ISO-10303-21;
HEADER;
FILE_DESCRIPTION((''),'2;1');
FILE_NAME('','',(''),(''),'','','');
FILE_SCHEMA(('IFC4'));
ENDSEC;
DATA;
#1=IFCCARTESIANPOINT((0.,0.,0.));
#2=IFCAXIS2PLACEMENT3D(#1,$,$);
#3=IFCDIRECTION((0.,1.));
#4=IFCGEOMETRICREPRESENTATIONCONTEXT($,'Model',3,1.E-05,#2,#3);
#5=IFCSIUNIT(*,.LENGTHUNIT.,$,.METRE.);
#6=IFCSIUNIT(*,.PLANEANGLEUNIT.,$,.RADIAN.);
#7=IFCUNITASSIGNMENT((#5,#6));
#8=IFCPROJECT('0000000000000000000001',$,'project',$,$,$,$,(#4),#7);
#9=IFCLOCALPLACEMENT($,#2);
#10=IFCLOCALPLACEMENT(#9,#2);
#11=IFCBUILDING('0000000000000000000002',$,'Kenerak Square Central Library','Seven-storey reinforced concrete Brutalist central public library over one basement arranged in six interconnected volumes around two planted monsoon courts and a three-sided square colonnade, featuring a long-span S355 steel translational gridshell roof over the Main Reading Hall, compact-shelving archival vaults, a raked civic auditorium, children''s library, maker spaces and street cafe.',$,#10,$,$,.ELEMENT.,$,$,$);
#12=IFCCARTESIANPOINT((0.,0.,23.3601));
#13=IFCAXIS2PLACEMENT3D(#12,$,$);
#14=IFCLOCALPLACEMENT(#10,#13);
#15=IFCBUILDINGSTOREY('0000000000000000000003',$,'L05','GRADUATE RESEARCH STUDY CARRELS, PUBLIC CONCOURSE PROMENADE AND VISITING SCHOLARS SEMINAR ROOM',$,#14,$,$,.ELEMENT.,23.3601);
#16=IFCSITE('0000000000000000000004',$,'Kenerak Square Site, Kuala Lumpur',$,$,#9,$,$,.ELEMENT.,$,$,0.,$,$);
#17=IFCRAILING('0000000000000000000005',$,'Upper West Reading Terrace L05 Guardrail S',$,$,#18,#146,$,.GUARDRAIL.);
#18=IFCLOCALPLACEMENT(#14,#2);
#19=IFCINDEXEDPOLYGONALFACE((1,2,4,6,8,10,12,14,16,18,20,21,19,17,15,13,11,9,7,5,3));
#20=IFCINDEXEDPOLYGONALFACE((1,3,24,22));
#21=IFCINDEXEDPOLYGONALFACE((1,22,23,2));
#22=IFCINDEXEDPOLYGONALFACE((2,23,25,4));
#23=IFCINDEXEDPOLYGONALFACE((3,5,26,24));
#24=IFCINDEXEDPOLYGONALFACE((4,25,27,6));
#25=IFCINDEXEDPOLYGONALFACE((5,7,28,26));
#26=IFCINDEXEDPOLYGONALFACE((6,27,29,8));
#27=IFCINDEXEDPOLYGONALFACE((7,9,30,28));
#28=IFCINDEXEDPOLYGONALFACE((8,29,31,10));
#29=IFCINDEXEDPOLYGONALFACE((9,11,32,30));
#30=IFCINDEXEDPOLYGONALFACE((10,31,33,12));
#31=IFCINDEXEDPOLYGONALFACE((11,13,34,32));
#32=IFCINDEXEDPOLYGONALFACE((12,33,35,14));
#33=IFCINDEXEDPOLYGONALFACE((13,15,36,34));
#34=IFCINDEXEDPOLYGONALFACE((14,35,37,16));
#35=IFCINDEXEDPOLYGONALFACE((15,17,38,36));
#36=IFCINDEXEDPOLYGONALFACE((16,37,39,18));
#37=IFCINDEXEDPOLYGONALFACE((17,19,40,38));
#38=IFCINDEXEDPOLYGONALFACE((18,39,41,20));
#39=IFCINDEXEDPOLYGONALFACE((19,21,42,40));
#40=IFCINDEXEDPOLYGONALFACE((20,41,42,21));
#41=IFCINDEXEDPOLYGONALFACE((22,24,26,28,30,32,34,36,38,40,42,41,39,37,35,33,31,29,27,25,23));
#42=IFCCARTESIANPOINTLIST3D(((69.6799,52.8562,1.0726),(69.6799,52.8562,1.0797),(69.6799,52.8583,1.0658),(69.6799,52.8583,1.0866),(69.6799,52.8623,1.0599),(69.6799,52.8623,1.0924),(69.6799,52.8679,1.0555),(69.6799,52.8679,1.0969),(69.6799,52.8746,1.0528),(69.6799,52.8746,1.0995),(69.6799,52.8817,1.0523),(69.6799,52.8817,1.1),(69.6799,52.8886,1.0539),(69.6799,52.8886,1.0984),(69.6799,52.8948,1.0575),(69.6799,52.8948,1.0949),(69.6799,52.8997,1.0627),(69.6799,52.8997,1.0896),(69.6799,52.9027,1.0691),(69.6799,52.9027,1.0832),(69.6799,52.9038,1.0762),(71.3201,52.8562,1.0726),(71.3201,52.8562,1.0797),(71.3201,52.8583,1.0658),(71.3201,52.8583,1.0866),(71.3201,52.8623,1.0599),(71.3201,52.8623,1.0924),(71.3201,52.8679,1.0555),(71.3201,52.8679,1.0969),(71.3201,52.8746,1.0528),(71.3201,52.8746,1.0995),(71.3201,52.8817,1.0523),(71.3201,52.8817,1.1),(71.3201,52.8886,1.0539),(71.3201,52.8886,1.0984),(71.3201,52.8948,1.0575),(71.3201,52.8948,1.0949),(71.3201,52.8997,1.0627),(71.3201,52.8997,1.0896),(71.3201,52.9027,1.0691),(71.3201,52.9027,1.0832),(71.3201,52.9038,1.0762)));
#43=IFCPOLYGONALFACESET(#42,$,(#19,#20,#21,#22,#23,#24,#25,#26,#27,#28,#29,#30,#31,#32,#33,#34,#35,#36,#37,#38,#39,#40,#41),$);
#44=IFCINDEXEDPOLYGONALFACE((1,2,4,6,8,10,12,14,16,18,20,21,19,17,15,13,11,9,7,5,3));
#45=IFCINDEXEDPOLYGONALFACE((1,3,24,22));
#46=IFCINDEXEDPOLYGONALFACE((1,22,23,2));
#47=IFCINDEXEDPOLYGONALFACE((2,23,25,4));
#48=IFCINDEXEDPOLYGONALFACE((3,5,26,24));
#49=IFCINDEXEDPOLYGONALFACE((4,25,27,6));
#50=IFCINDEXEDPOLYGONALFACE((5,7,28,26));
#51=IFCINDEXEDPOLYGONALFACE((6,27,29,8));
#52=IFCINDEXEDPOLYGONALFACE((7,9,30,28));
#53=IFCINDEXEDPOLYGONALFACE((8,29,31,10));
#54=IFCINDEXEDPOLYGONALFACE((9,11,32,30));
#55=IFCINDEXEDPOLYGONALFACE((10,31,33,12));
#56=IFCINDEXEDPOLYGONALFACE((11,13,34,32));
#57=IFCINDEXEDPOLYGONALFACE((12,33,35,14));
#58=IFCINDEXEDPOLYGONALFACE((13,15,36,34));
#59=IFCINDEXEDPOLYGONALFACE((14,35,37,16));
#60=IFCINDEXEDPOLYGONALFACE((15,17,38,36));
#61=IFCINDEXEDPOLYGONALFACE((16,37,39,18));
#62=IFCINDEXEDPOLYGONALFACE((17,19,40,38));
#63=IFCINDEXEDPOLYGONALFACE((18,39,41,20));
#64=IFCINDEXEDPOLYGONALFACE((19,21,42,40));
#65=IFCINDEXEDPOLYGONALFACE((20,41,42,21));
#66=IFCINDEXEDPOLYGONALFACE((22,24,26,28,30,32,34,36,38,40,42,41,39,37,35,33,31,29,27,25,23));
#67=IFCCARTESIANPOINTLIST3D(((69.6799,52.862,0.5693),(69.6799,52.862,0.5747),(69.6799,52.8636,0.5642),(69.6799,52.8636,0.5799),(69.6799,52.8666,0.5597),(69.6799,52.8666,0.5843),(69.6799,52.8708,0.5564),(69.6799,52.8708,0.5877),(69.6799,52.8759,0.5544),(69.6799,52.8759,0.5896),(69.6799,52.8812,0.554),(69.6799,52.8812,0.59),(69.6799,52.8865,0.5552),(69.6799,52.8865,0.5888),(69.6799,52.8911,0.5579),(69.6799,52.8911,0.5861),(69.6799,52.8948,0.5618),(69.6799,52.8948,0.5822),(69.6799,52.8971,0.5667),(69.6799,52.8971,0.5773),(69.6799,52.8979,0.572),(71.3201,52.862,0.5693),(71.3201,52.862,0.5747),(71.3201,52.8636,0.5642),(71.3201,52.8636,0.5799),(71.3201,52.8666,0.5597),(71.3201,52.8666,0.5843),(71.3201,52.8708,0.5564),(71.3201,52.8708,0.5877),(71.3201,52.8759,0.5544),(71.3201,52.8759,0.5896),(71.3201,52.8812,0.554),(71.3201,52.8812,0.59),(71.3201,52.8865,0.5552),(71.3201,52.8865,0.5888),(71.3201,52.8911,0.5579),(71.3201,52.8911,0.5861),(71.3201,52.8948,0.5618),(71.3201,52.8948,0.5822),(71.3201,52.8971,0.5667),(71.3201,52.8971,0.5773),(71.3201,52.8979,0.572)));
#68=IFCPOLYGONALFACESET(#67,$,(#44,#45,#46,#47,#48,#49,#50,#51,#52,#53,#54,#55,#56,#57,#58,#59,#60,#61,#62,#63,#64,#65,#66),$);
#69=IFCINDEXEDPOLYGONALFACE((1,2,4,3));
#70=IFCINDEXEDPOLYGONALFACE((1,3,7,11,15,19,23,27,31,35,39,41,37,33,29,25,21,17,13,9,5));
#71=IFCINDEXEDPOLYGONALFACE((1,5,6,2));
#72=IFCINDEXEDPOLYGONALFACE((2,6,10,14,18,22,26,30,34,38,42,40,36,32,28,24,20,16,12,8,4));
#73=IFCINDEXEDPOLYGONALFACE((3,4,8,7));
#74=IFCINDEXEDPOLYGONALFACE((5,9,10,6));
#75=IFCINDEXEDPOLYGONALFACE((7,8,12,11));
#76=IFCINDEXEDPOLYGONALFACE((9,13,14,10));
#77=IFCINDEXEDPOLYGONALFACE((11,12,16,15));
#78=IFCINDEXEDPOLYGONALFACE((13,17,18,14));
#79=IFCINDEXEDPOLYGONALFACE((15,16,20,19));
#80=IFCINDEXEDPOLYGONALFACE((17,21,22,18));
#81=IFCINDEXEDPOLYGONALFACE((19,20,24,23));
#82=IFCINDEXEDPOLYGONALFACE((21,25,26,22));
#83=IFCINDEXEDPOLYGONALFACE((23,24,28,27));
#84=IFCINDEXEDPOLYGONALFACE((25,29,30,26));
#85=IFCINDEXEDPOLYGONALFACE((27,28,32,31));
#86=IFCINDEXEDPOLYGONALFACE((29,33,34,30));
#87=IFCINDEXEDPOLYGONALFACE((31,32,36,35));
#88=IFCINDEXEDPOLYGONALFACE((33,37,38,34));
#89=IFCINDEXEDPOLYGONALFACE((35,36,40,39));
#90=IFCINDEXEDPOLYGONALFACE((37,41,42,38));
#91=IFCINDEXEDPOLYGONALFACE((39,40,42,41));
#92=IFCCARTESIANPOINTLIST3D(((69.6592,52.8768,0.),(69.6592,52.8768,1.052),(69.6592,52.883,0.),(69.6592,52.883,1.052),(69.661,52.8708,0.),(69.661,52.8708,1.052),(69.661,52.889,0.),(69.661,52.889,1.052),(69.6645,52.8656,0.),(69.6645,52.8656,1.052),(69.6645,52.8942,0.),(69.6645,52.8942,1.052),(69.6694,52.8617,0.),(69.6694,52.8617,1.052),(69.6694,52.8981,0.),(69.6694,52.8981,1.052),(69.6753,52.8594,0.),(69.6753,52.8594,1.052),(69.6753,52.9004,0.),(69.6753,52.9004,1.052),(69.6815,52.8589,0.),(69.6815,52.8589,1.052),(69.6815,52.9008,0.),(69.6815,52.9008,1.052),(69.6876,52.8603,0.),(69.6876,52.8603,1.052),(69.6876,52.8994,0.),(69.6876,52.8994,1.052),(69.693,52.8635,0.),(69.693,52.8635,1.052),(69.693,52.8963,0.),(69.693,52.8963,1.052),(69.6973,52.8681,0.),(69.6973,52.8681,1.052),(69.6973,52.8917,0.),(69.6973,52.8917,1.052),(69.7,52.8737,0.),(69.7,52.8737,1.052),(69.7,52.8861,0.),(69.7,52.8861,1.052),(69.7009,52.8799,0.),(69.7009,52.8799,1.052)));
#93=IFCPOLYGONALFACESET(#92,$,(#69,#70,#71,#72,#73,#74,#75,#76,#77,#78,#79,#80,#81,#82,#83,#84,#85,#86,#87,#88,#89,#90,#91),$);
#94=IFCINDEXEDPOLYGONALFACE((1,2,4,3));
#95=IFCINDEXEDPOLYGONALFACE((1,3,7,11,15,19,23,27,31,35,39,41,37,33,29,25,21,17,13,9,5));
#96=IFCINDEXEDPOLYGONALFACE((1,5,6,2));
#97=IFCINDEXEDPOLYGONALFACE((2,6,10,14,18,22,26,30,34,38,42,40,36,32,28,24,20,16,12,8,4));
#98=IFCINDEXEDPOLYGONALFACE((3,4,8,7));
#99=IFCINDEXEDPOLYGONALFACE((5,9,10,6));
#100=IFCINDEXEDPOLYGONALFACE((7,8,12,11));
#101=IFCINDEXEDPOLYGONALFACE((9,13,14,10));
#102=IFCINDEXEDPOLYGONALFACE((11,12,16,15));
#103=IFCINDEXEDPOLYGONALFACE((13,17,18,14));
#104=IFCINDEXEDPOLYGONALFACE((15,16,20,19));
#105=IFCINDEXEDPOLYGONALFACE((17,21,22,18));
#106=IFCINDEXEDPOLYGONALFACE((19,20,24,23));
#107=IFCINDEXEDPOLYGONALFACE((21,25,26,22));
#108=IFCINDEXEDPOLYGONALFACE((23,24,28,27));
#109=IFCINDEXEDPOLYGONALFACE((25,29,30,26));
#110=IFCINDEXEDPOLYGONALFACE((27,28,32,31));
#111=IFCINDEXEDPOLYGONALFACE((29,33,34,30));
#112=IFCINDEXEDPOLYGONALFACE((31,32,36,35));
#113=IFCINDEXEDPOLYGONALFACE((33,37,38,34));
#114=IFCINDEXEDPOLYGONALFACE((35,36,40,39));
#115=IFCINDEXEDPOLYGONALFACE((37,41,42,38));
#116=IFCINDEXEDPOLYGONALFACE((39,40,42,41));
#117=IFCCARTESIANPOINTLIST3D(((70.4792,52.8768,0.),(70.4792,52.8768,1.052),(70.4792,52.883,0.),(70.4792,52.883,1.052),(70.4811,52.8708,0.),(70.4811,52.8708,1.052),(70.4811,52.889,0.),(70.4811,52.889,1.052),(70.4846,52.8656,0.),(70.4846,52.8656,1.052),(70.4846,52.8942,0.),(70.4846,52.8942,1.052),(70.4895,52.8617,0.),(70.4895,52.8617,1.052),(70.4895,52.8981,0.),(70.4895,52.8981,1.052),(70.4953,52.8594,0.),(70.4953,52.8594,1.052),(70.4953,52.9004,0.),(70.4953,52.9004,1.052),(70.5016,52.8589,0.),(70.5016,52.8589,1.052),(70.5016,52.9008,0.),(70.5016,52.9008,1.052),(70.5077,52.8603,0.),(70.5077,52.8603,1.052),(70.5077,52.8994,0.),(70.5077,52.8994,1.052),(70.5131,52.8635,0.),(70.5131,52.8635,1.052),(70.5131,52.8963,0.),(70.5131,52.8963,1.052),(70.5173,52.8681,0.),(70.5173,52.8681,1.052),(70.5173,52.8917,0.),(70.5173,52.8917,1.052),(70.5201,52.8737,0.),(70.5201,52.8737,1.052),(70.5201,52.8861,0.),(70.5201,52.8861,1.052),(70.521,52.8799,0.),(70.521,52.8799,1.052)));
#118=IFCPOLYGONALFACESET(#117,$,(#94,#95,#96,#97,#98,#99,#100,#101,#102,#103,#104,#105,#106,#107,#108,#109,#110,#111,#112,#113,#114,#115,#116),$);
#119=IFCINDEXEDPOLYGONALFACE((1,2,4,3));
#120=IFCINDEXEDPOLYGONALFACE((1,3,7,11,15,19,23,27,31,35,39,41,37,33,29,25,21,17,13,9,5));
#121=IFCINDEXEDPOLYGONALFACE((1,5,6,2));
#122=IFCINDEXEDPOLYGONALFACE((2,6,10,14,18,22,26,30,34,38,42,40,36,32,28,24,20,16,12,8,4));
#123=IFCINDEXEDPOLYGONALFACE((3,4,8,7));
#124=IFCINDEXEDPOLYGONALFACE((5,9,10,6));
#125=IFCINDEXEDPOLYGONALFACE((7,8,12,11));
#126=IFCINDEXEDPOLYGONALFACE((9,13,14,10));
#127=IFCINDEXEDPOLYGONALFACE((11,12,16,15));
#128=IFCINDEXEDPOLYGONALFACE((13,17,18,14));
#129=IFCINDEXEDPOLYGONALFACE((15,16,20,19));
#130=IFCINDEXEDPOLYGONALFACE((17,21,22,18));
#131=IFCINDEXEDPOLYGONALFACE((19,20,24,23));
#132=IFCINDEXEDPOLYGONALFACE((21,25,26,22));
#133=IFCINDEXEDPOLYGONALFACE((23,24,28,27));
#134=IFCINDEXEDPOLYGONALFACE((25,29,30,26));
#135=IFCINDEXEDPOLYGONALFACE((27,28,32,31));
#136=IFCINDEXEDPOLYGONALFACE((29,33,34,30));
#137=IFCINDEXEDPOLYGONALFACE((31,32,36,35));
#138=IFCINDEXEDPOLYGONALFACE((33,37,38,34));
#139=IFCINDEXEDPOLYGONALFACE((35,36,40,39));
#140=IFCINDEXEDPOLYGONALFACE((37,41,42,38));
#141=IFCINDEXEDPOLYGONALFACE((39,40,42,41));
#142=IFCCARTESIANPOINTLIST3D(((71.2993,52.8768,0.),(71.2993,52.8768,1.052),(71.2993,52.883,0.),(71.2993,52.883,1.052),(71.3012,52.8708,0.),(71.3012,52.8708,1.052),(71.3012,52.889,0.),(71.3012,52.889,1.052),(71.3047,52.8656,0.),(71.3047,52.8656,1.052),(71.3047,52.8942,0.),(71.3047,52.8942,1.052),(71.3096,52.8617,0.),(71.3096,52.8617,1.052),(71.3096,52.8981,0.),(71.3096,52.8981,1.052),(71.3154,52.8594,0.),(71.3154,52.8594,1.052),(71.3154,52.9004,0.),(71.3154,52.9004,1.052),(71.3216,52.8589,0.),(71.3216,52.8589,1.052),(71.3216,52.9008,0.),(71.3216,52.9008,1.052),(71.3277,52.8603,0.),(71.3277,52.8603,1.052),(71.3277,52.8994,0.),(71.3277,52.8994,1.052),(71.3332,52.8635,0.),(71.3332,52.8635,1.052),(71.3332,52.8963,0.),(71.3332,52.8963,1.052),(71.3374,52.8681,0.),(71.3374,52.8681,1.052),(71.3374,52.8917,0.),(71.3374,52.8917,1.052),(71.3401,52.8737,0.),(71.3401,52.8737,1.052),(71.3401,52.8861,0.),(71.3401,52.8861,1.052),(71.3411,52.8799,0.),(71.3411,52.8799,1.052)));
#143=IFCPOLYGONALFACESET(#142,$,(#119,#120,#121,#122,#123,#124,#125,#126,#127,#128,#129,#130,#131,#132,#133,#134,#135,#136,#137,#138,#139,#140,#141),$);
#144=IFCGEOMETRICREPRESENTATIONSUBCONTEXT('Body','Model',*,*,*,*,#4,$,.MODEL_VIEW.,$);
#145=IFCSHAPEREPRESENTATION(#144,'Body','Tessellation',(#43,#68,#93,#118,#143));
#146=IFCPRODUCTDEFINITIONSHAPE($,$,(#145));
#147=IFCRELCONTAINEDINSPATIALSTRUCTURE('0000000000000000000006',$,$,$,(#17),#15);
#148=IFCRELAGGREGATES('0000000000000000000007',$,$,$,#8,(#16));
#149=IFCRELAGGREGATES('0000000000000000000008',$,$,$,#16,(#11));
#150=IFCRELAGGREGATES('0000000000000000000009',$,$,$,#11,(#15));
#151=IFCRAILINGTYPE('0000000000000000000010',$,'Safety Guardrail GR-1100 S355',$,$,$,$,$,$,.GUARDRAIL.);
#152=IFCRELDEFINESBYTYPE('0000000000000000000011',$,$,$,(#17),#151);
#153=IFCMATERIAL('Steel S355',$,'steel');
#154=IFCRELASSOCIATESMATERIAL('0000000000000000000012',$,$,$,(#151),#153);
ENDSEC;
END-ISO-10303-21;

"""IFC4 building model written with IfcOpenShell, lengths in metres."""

from ifc_helpers import new_model, si_unit, direction, frame, origin, origin_2d, place, context, subcontext, project, spatial, circle, extrude, material, type_object, element, save


model = new_model("IFC4")

# Units and contexts
model_context = context("Model", 3, precision=1e-05, world=origin(), true_north=direction((0.0, 1.0)))
body_context = subcontext(model_context, "Body", "Model", "MODEL_VIEW")
ifc_project = project(units=[si_unit("LENGTHUNIT", "METRE"), si_unit("PLANEANGLEUNIT", "RADIAN")], contexts=[model_context])

# Site, building, storey
site_placement = place(None, origin())
site = spatial("IfcSite", under=ifc_project, at=site_placement, Name="Kenerak Square Site, Kuala Lumpur", CompositionType="ELEMENT", RefElevation=0.0)
building_placement = place(site_placement, origin())
building = spatial("IfcBuilding", under=site, at=building_placement, Name="Kenerak Square Central Library", Description="Seven-storey reinforced concrete Brutalist central public library over one basement arranged in six interconnected volumes around two planted monsoon courts and a three-sided square colonnade, featuring a long-span S355 steel translational gridshell roof over the Main Reading Hall, compact-shelving archival vaults, a raked civic auditorium, children's library, maker spaces and street cafe.", CompositionType="ELEMENT")
storey_placement = place(building_placement, frame((0.0, 0.0, 23.3601)))
storey = spatial("IfcBuildingStorey", under=building, at=storey_placement, Name="L05", Description="GRADUATE RESEARCH STUDY CARRELS, PUBLIC CONCOURSE PROMENADE AND VISITING SCHOLARS SEMINAR ROOM", CompositionType="ELEMENT", Elevation=23.3601)

# Shared definitions
ifc_material_1 = material(Name="Steel S355", Category="steel")

# Railing
railing_type = type_object("IfcRailingType", Name="Safety Guardrail GR-1100 S355", PredefinedType="GUARDRAIL", material=ifc_material_1)
railing_placement = place(storey_placement, frame((69.6799, 52.8799, 0.0)))
element("IfcRailing", 1, at=railing_placement, inside=storey, type_object=railing_type, Name="Upper West Reading Terrace L05 Guardrail S", PredefinedType="GUARDRAIL", context=body_context, shape_type="SweptSolid", body=[
    extrude(circle(Radius=0.0239, at=origin_2d()), frame((0.0, 0.0, 1.0762), z_axis=(1.0, 0.0, 0.0), x_axis=(0.0, 1.0, 0.0)), (0.0, 0.0, 1.0), 1.6401),
    extrude(circle(Radius=0.0181, at=origin_2d()), frame((0.0, 0.0, 0.572), z_axis=(1.0, 0.0, 0.0), x_axis=(0.0, 1.0, 0.0)), (0.0, 0.0, 1.0), 1.6401),
    extrude(circle(Radius=0.021, at=origin_2d()), origin(), (0.0, 0.0, 1.0), 1.052),
    extrude(circle(Radius=0.021, at=origin_2d()), frame((0.8201, 0.0, 0.0)), (0.0, 0.0, 1.0), 1.052),
    extrude(circle(Radius=0.021, at=origin_2d()), frame((1.6401, 0.0, 0.0)), (0.0, 0.0, 1.0), 1.052),
])

save(model, "model.ifc")
